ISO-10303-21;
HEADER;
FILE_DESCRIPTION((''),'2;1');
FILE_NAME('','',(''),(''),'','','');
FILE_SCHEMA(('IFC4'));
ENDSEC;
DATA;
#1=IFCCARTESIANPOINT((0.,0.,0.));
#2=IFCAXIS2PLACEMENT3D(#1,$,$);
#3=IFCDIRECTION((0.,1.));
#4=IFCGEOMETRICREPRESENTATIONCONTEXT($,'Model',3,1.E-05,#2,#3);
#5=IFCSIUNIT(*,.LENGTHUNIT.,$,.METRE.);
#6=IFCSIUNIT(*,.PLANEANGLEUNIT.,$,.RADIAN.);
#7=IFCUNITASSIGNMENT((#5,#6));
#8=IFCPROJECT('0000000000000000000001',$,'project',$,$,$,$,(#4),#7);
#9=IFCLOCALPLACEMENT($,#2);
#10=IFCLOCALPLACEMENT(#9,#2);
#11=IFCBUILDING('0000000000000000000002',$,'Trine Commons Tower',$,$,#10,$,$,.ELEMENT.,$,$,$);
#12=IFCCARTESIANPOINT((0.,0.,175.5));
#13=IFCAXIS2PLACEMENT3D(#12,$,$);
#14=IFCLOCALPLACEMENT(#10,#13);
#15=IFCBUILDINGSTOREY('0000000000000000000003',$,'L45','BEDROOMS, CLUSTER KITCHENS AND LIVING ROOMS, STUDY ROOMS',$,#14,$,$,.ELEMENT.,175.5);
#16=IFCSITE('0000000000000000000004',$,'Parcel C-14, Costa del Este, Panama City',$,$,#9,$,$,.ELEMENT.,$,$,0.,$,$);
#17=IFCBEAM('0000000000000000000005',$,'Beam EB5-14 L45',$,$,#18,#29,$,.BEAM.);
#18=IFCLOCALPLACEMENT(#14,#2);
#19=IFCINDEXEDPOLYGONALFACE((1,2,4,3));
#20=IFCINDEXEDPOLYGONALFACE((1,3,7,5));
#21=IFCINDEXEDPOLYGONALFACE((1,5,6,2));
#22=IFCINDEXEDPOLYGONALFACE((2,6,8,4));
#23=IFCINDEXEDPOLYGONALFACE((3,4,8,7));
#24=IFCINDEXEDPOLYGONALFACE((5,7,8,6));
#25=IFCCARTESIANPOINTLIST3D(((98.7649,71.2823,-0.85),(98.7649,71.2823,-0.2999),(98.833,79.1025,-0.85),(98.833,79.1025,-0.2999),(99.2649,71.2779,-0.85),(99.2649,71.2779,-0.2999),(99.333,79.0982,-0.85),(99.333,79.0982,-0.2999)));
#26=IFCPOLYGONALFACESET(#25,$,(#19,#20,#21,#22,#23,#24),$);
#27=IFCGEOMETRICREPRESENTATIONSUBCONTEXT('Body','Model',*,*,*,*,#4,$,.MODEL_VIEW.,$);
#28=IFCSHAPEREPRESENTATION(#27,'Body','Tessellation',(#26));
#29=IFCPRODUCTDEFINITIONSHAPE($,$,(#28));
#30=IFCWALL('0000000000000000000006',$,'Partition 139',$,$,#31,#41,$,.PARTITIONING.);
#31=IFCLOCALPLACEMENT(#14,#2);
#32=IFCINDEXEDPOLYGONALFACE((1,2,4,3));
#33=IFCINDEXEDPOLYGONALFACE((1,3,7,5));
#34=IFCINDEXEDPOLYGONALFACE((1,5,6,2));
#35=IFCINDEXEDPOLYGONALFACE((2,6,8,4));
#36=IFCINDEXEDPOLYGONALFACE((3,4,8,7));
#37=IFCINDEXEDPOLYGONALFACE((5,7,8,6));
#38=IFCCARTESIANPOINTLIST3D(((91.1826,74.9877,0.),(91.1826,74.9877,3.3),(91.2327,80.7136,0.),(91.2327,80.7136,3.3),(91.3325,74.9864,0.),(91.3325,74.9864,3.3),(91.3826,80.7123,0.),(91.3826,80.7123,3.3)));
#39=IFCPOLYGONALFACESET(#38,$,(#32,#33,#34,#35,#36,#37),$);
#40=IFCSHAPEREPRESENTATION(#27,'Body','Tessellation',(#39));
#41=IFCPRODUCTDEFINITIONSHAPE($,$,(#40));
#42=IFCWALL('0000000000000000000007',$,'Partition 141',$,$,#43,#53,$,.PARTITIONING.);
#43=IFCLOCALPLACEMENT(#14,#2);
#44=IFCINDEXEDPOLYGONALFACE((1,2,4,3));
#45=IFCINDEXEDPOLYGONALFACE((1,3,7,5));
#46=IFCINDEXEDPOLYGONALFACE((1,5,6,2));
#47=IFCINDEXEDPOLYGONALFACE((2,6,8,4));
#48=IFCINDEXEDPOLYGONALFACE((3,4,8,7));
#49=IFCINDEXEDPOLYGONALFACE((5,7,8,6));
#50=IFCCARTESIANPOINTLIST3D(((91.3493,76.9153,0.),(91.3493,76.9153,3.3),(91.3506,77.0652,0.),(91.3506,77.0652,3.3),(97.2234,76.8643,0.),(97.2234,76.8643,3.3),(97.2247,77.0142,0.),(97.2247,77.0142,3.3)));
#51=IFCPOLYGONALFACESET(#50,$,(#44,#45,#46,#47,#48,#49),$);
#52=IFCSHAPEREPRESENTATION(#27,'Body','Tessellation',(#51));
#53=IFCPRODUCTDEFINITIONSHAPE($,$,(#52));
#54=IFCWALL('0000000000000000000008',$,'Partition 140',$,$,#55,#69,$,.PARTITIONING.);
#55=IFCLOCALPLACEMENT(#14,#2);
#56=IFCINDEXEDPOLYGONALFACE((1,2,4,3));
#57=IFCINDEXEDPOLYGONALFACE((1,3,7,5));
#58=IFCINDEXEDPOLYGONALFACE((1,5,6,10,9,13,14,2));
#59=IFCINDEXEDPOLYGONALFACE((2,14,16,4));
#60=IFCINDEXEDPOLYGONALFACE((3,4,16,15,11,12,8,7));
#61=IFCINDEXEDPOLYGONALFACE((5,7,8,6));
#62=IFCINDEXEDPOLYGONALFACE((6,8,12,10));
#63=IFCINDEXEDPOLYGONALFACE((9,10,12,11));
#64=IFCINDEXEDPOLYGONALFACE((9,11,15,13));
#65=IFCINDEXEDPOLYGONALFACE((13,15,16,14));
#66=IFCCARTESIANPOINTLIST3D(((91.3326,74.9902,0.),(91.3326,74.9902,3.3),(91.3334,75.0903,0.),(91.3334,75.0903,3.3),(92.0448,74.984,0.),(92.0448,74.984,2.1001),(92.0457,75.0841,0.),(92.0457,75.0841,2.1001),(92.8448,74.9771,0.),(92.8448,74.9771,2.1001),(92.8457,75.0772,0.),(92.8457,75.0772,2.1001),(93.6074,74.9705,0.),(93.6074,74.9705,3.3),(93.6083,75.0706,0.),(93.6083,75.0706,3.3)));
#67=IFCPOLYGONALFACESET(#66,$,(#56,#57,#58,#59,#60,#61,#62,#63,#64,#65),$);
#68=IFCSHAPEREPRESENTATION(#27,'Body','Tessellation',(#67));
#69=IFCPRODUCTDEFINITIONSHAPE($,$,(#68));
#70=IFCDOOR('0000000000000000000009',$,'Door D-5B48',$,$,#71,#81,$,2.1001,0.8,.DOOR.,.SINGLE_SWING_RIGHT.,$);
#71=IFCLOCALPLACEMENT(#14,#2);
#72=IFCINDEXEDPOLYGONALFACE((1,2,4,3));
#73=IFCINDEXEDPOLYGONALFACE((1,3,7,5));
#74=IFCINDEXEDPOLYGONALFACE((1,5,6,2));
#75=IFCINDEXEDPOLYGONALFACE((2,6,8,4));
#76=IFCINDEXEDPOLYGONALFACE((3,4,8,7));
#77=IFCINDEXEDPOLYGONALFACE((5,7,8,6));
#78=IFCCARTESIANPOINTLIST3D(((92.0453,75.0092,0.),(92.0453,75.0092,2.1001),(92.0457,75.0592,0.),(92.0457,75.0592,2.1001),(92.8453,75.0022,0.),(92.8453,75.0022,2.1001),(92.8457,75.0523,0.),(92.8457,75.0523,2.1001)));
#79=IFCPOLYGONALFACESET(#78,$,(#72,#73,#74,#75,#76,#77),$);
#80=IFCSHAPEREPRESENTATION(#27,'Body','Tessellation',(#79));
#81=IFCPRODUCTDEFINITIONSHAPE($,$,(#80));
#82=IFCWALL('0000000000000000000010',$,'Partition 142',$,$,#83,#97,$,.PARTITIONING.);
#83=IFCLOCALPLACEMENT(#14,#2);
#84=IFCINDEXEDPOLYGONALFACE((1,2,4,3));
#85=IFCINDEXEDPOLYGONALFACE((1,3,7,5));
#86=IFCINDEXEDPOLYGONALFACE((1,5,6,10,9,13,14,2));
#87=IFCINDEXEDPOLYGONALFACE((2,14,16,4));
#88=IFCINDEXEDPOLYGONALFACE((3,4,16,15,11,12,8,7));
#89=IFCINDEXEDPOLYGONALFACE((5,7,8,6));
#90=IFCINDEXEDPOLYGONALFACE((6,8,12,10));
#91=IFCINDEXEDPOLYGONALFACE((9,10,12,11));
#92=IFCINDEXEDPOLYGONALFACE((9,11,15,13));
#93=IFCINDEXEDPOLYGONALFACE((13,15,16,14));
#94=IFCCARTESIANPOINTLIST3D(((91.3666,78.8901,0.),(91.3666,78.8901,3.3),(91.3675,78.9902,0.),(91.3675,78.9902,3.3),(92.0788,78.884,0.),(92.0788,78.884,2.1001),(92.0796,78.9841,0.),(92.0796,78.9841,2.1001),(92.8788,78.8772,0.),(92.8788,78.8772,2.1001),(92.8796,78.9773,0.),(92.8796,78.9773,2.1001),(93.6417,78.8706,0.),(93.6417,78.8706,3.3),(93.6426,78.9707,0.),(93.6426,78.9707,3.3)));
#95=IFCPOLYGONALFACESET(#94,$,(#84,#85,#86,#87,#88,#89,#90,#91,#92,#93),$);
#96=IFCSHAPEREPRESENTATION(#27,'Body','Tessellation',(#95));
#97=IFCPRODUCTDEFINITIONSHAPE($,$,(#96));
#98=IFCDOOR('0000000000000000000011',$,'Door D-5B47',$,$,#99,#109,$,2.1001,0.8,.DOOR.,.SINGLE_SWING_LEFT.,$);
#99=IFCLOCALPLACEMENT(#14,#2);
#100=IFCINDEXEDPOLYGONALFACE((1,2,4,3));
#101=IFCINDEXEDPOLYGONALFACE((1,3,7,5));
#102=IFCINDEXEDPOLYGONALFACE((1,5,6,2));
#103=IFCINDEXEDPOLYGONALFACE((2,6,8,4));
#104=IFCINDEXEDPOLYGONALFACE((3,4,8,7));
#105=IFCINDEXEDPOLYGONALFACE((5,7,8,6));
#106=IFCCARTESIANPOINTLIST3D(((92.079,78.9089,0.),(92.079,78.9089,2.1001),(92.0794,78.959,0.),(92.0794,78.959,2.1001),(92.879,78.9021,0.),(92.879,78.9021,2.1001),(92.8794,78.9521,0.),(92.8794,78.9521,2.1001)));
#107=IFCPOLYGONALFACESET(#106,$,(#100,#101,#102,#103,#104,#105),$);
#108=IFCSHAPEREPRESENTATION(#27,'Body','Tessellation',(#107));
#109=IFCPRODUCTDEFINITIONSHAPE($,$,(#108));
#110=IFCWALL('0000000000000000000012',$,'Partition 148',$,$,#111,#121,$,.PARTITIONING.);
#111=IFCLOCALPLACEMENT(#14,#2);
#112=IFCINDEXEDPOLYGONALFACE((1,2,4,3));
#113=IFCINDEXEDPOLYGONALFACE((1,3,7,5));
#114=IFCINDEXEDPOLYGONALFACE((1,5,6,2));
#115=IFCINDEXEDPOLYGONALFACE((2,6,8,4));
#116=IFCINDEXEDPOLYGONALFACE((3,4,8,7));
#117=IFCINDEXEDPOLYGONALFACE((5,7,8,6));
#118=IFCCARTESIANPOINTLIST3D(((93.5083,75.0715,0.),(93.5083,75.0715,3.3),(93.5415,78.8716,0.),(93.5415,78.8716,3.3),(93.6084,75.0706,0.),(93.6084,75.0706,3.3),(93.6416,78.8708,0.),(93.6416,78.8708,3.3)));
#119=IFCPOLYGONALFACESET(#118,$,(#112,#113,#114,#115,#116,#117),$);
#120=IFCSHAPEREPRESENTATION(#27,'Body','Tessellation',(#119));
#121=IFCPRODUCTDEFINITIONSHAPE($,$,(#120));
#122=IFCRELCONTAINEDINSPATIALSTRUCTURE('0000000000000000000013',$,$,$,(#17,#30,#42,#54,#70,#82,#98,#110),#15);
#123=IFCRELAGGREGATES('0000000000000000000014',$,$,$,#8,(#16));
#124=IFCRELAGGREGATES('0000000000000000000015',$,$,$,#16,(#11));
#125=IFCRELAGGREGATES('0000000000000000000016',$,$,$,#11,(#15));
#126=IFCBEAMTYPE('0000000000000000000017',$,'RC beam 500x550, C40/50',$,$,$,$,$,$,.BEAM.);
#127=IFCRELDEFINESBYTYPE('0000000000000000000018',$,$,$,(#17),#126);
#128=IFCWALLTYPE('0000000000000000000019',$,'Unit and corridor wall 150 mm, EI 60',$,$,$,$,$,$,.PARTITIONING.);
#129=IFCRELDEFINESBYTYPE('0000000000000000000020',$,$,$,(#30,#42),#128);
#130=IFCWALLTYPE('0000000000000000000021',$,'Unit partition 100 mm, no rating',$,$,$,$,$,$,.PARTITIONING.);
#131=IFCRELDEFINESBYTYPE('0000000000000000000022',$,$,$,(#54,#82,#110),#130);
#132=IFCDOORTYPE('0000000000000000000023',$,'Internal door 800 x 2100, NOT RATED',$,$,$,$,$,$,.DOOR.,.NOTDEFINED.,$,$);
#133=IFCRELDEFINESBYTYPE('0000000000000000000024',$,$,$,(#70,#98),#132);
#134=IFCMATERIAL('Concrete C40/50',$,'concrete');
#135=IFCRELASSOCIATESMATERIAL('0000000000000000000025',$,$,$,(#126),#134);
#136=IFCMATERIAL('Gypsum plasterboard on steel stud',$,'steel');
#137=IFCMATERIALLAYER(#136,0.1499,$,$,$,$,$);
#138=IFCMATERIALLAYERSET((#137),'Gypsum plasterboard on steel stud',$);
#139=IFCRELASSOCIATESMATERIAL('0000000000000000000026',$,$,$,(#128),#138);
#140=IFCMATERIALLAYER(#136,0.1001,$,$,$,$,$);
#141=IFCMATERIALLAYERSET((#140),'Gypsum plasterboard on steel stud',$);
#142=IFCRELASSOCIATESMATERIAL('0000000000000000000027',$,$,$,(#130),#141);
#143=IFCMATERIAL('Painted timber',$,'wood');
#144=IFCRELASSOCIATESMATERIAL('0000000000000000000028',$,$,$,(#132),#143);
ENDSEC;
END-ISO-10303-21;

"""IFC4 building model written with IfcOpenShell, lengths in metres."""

from ifc_helpers import new_model, si_unit, direction, frame, frame_2d, origin, origin_2d, place, context, subcontext, project, spatial, rectangle, extrude, material, layer, layer_set, material_profile, profile_set, type_object, element, fill, save


model = new_model("IFC4")

# Units and contexts
model_context = context("Model", 3, precision=1e-05, world=origin(), true_north=direction((0.0, 1.0)))
body_context = subcontext(model_context, "Body", "Model", "MODEL_VIEW")
ifc_project = project(units=[si_unit("LENGTHUNIT", "METRE"), si_unit("PLANEANGLEUNIT", "RADIAN")], contexts=[model_context])

# Site, building, storey
site_placement = place(None, origin())
site = spatial("IfcSite", under=ifc_project, at=site_placement, Name="Parcel C-14, Costa del Este, Panama City", CompositionType="ELEMENT", RefElevation=0.0)
building_placement = place(site_placement, origin())
building = spatial("IfcBuilding", under=site, at=building_placement, Name="Trine Commons Tower", CompositionType="ELEMENT")
storey_placement = place(building_placement, frame((0.0, 0.0, 175.5)))
storey = spatial("IfcBuildingStorey", under=building, at=storey_placement, Name="L45", Description="BEDROOMS, CLUSTER KITCHENS AND LIVING ROOMS, STUDY ROOMS", CompositionType="ELEMENT", Elevation=175.5)

# Beam
ifc_material_1 = material(Name="Concrete C40/50", Category="concrete")
ifc_material_profile = material_profile(ifc_material_1, rectangle(XDim=0.5, YDim=0.55, at=origin_2d()), Name="RC 500x550")
ifc_profile_set = profile_set([ifc_material_profile], Name="Concrete C40/50")
beam_type = type_object("IfcBeamType", Name="RC beam 500x550, C40/50", PredefinedType="BEAM", material=ifc_profile_set)
beam_placement = place(storey_placement, frame((99.083, 79.1003, -0.575), z_axis=(-0.00871, -0.999962, 0.0), x_axis=(0.999962, -0.00871, 0.0)))
element("IfcBeam", 1, at=beam_placement, inside=storey, type_object=beam_type, Name="Beam EB5-14 L45", PredefinedType="BEAM", context=body_context, shape_type="SweptSolid", body=[
    extrude(rectangle(XDim=0.5, YDim=0.55, at=origin_2d()), origin(), (0.0, 0.0, 1.0), 7.8206),
])

# Walls
ifc_material_2 = material(Name="Gypsum plasterboard on steel stud", Category="steel")
ifc_layer_1 = layer(ifc_material_2, 0.1499)
ifc_layer_set_1 = layer_set([ifc_layer_1], Name="Gypsum plasterboard on steel stud")
wall_type_1 = type_object("IfcWallType", Name="Unit and corridor wall 150 mm, EI 60", PredefinedType="PARTITIONING", material=ifc_layer_set_1)
wall_1_placement = place(storey_placement, frame((91.2576, 74.9871, 0.0), z_axis=(0.0, 0.0, 1.0), x_axis=(0.008741, 0.999962, 0.0)))
element("IfcWall", 2, at=wall_1_placement, inside=storey, type_object=wall_type_1, Name="Partition 139", PredefinedType="PARTITIONING", context=body_context, shape_type="SweptSolid", body=[
    extrude(rectangle(XDim=5.7261, YDim=0.1499, at=frame_2d((2.863, 0.0))), origin(), (0.0, 0.0, 1.0), 3.3),
])
wall_2_placement = place(storey_placement, frame((91.3501, 76.9902, 0.0), z_axis=(0.0, 0.0, 1.0), x_axis=(0.999962, -0.008686, 0.0)))
element("IfcWall", 3, at=wall_2_placement, inside=storey, type_object=wall_type_1, Name="Partition 141", PredefinedType="PARTITIONING", context=body_context, shape_type="SweptSolid", body=[
    extrude(rectangle(XDim=5.8743, YDim=0.1499, at=frame_2d((2.937, 0.0))), origin(), (0.0, 0.0, 1.0), 3.3),
])

# Walls, openings, doors
ifc_layer_2 = layer(ifc_material_2, 0.1001)
ifc_layer_set_2 = layer_set([ifc_layer_2], Name="Gypsum plasterboard on steel stud")
wall_type_2 = type_object("IfcWallType", Name="Unit partition 100 mm, no rating", PredefinedType="PARTITIONING", material=ifc_layer_set_2)
wall_3_placement = place(storey_placement, frame((91.333, 75.0403, 0.0), z_axis=(0.0, 0.0, 1.0), x_axis=(0.999962, -0.008693, 0.0)))
wall_3 = element("IfcWall", 4, at=wall_3_placement, inside=storey, type_object=wall_type_2, Name="Partition 140", PredefinedType="PARTITIONING", context=body_context, shape_type="SweptSolid", body=[
    extrude(rectangle(XDim=2.2749, YDim=0.1001, at=frame_2d((1.1375, 0.0))), origin(), (0.0, 0.0, 1.0), 3.3),
])
opening_1_placement = place(wall_3_placement, frame((0.7124, 0.0, 0.0)))
opening_1 = element("IfcOpeningElement", 5, at=opening_1_placement, cuts=wall_3, PredefinedType="OPENING", context=body_context, shape_type="SweptSolid", body=[
    extrude(rectangle(XDim=0.8, YDim=2.1001, at=frame_2d((0.3999, 1.05))), frame((0.0, 0.0601, 0.0), z_axis=(0.0, -1.0, 0.0), x_axis=(1.0, 0.0, 0.0)), (0.0, 0.0, 1.0), 0.1201),
])
ifc_material_3 = material(Name="Painted timber", Category="wood")
door_type = type_object("IfcDoorType", Name="Internal door 800 x 2100, NOT RATED", OperationType="NOTDEFINED", PredefinedType="DOOR", material=ifc_material_3)
door_1_placement = place(opening_1_placement, frame((0.8, 0.0, 0.0), z_axis=(0.0, 0.0, 1.0), x_axis=(-1.0, 0.0, 0.0)))
door_1 = element("IfcDoor", 6, at=door_1_placement, inside=storey, type_object=door_type, Name="Door D-5B48", OperationType="SINGLE_SWING_RIGHT", OverallHeight=2.1001, OverallWidth=0.8, PredefinedType="DOOR", context=body_context, shape_type="SweptSolid", body=[
    extrude(rectangle(XDim=0.8, YDim=2.1001, at=frame_2d((0.3999, 1.05))), frame((0.0, 0.0249, 0.0), z_axis=(0.0, -1.0, 0.0), x_axis=(1.0, 0.0, 0.0)), (0.0, 0.0, 1.0), 0.05),
])
fill(opening_1, door_1)
wall_4_placement = place(storey_placement, frame((91.3669, 78.9402, 0.0), z_axis=(0.0, 0.0, 1.0), x_axis=(0.999963, -0.008584, 0.0)))
wall_4 = element("IfcWall", 7, at=wall_4_placement, inside=storey, type_object=wall_type_2, Name="Partition 142", PredefinedType="PARTITIONING", context=body_context, shape_type="SweptSolid", body=[
    extrude(rectangle(XDim=2.2751, YDim=0.1001, at=frame_2d((1.1377, 0.0))), origin(), (0.0, 0.0, 1.0), 3.3),
])
opening_2_placement = place(wall_4_placement, frame((0.7124, 0.0, 0.0)))
opening_2 = element("IfcOpeningElement", 8, at=opening_2_placement, cuts=wall_4, PredefinedType="OPENING", context=body_context, shape_type="SweptSolid", body=[
    extrude(rectangle(XDim=0.8, YDim=2.1001, at=frame_2d((0.3999, 1.05))), frame((0.0, 0.0601, 0.0), z_axis=(0.0, -1.0, 0.0), x_axis=(1.0, 0.0, 0.0)), (0.0, 0.0, 1.0), 0.1201),
])
door_2_placement = place(opening_2_placement, origin())
door_2 = element("IfcDoor", 9, at=door_2_placement, inside=storey, type_object=door_type, Name="Door D-5B47", OperationType="SINGLE_SWING_LEFT", OverallHeight=2.1001, OverallWidth=0.8, PredefinedType="DOOR", context=body_context, shape_type="SweptSolid", body=[
    extrude(rectangle(XDim=0.8, YDim=2.1001, at=frame_2d((0.3999, 1.05))), frame((0.0, 0.0249, 0.0), z_axis=(0.0, -1.0, 0.0), x_axis=(1.0, 0.0, 0.0)), (0.0, 0.0, 1.0), 0.05),
])
fill(opening_2, door_2)

# Wall
wall_5_placement = place(storey_placement, frame((93.5583, 75.071, 0.0), z_axis=(0.0, 0.0, 1.0), x_axis=(0.008737, 0.999962, 0.0)))
element("IfcWall", 10, at=wall_5_placement, inside=storey, type_object=wall_type_2, Name="Partition 148", PredefinedType="PARTITIONING", context=body_context, shape_type="SweptSolid", body=[
    extrude(rectangle(XDim=3.8003, YDim=0.1001, at=frame_2d((1.9001, 0.0))), origin(), (0.0, 0.0, 1.0), 3.3),
])

save(model, "model.ifc")
